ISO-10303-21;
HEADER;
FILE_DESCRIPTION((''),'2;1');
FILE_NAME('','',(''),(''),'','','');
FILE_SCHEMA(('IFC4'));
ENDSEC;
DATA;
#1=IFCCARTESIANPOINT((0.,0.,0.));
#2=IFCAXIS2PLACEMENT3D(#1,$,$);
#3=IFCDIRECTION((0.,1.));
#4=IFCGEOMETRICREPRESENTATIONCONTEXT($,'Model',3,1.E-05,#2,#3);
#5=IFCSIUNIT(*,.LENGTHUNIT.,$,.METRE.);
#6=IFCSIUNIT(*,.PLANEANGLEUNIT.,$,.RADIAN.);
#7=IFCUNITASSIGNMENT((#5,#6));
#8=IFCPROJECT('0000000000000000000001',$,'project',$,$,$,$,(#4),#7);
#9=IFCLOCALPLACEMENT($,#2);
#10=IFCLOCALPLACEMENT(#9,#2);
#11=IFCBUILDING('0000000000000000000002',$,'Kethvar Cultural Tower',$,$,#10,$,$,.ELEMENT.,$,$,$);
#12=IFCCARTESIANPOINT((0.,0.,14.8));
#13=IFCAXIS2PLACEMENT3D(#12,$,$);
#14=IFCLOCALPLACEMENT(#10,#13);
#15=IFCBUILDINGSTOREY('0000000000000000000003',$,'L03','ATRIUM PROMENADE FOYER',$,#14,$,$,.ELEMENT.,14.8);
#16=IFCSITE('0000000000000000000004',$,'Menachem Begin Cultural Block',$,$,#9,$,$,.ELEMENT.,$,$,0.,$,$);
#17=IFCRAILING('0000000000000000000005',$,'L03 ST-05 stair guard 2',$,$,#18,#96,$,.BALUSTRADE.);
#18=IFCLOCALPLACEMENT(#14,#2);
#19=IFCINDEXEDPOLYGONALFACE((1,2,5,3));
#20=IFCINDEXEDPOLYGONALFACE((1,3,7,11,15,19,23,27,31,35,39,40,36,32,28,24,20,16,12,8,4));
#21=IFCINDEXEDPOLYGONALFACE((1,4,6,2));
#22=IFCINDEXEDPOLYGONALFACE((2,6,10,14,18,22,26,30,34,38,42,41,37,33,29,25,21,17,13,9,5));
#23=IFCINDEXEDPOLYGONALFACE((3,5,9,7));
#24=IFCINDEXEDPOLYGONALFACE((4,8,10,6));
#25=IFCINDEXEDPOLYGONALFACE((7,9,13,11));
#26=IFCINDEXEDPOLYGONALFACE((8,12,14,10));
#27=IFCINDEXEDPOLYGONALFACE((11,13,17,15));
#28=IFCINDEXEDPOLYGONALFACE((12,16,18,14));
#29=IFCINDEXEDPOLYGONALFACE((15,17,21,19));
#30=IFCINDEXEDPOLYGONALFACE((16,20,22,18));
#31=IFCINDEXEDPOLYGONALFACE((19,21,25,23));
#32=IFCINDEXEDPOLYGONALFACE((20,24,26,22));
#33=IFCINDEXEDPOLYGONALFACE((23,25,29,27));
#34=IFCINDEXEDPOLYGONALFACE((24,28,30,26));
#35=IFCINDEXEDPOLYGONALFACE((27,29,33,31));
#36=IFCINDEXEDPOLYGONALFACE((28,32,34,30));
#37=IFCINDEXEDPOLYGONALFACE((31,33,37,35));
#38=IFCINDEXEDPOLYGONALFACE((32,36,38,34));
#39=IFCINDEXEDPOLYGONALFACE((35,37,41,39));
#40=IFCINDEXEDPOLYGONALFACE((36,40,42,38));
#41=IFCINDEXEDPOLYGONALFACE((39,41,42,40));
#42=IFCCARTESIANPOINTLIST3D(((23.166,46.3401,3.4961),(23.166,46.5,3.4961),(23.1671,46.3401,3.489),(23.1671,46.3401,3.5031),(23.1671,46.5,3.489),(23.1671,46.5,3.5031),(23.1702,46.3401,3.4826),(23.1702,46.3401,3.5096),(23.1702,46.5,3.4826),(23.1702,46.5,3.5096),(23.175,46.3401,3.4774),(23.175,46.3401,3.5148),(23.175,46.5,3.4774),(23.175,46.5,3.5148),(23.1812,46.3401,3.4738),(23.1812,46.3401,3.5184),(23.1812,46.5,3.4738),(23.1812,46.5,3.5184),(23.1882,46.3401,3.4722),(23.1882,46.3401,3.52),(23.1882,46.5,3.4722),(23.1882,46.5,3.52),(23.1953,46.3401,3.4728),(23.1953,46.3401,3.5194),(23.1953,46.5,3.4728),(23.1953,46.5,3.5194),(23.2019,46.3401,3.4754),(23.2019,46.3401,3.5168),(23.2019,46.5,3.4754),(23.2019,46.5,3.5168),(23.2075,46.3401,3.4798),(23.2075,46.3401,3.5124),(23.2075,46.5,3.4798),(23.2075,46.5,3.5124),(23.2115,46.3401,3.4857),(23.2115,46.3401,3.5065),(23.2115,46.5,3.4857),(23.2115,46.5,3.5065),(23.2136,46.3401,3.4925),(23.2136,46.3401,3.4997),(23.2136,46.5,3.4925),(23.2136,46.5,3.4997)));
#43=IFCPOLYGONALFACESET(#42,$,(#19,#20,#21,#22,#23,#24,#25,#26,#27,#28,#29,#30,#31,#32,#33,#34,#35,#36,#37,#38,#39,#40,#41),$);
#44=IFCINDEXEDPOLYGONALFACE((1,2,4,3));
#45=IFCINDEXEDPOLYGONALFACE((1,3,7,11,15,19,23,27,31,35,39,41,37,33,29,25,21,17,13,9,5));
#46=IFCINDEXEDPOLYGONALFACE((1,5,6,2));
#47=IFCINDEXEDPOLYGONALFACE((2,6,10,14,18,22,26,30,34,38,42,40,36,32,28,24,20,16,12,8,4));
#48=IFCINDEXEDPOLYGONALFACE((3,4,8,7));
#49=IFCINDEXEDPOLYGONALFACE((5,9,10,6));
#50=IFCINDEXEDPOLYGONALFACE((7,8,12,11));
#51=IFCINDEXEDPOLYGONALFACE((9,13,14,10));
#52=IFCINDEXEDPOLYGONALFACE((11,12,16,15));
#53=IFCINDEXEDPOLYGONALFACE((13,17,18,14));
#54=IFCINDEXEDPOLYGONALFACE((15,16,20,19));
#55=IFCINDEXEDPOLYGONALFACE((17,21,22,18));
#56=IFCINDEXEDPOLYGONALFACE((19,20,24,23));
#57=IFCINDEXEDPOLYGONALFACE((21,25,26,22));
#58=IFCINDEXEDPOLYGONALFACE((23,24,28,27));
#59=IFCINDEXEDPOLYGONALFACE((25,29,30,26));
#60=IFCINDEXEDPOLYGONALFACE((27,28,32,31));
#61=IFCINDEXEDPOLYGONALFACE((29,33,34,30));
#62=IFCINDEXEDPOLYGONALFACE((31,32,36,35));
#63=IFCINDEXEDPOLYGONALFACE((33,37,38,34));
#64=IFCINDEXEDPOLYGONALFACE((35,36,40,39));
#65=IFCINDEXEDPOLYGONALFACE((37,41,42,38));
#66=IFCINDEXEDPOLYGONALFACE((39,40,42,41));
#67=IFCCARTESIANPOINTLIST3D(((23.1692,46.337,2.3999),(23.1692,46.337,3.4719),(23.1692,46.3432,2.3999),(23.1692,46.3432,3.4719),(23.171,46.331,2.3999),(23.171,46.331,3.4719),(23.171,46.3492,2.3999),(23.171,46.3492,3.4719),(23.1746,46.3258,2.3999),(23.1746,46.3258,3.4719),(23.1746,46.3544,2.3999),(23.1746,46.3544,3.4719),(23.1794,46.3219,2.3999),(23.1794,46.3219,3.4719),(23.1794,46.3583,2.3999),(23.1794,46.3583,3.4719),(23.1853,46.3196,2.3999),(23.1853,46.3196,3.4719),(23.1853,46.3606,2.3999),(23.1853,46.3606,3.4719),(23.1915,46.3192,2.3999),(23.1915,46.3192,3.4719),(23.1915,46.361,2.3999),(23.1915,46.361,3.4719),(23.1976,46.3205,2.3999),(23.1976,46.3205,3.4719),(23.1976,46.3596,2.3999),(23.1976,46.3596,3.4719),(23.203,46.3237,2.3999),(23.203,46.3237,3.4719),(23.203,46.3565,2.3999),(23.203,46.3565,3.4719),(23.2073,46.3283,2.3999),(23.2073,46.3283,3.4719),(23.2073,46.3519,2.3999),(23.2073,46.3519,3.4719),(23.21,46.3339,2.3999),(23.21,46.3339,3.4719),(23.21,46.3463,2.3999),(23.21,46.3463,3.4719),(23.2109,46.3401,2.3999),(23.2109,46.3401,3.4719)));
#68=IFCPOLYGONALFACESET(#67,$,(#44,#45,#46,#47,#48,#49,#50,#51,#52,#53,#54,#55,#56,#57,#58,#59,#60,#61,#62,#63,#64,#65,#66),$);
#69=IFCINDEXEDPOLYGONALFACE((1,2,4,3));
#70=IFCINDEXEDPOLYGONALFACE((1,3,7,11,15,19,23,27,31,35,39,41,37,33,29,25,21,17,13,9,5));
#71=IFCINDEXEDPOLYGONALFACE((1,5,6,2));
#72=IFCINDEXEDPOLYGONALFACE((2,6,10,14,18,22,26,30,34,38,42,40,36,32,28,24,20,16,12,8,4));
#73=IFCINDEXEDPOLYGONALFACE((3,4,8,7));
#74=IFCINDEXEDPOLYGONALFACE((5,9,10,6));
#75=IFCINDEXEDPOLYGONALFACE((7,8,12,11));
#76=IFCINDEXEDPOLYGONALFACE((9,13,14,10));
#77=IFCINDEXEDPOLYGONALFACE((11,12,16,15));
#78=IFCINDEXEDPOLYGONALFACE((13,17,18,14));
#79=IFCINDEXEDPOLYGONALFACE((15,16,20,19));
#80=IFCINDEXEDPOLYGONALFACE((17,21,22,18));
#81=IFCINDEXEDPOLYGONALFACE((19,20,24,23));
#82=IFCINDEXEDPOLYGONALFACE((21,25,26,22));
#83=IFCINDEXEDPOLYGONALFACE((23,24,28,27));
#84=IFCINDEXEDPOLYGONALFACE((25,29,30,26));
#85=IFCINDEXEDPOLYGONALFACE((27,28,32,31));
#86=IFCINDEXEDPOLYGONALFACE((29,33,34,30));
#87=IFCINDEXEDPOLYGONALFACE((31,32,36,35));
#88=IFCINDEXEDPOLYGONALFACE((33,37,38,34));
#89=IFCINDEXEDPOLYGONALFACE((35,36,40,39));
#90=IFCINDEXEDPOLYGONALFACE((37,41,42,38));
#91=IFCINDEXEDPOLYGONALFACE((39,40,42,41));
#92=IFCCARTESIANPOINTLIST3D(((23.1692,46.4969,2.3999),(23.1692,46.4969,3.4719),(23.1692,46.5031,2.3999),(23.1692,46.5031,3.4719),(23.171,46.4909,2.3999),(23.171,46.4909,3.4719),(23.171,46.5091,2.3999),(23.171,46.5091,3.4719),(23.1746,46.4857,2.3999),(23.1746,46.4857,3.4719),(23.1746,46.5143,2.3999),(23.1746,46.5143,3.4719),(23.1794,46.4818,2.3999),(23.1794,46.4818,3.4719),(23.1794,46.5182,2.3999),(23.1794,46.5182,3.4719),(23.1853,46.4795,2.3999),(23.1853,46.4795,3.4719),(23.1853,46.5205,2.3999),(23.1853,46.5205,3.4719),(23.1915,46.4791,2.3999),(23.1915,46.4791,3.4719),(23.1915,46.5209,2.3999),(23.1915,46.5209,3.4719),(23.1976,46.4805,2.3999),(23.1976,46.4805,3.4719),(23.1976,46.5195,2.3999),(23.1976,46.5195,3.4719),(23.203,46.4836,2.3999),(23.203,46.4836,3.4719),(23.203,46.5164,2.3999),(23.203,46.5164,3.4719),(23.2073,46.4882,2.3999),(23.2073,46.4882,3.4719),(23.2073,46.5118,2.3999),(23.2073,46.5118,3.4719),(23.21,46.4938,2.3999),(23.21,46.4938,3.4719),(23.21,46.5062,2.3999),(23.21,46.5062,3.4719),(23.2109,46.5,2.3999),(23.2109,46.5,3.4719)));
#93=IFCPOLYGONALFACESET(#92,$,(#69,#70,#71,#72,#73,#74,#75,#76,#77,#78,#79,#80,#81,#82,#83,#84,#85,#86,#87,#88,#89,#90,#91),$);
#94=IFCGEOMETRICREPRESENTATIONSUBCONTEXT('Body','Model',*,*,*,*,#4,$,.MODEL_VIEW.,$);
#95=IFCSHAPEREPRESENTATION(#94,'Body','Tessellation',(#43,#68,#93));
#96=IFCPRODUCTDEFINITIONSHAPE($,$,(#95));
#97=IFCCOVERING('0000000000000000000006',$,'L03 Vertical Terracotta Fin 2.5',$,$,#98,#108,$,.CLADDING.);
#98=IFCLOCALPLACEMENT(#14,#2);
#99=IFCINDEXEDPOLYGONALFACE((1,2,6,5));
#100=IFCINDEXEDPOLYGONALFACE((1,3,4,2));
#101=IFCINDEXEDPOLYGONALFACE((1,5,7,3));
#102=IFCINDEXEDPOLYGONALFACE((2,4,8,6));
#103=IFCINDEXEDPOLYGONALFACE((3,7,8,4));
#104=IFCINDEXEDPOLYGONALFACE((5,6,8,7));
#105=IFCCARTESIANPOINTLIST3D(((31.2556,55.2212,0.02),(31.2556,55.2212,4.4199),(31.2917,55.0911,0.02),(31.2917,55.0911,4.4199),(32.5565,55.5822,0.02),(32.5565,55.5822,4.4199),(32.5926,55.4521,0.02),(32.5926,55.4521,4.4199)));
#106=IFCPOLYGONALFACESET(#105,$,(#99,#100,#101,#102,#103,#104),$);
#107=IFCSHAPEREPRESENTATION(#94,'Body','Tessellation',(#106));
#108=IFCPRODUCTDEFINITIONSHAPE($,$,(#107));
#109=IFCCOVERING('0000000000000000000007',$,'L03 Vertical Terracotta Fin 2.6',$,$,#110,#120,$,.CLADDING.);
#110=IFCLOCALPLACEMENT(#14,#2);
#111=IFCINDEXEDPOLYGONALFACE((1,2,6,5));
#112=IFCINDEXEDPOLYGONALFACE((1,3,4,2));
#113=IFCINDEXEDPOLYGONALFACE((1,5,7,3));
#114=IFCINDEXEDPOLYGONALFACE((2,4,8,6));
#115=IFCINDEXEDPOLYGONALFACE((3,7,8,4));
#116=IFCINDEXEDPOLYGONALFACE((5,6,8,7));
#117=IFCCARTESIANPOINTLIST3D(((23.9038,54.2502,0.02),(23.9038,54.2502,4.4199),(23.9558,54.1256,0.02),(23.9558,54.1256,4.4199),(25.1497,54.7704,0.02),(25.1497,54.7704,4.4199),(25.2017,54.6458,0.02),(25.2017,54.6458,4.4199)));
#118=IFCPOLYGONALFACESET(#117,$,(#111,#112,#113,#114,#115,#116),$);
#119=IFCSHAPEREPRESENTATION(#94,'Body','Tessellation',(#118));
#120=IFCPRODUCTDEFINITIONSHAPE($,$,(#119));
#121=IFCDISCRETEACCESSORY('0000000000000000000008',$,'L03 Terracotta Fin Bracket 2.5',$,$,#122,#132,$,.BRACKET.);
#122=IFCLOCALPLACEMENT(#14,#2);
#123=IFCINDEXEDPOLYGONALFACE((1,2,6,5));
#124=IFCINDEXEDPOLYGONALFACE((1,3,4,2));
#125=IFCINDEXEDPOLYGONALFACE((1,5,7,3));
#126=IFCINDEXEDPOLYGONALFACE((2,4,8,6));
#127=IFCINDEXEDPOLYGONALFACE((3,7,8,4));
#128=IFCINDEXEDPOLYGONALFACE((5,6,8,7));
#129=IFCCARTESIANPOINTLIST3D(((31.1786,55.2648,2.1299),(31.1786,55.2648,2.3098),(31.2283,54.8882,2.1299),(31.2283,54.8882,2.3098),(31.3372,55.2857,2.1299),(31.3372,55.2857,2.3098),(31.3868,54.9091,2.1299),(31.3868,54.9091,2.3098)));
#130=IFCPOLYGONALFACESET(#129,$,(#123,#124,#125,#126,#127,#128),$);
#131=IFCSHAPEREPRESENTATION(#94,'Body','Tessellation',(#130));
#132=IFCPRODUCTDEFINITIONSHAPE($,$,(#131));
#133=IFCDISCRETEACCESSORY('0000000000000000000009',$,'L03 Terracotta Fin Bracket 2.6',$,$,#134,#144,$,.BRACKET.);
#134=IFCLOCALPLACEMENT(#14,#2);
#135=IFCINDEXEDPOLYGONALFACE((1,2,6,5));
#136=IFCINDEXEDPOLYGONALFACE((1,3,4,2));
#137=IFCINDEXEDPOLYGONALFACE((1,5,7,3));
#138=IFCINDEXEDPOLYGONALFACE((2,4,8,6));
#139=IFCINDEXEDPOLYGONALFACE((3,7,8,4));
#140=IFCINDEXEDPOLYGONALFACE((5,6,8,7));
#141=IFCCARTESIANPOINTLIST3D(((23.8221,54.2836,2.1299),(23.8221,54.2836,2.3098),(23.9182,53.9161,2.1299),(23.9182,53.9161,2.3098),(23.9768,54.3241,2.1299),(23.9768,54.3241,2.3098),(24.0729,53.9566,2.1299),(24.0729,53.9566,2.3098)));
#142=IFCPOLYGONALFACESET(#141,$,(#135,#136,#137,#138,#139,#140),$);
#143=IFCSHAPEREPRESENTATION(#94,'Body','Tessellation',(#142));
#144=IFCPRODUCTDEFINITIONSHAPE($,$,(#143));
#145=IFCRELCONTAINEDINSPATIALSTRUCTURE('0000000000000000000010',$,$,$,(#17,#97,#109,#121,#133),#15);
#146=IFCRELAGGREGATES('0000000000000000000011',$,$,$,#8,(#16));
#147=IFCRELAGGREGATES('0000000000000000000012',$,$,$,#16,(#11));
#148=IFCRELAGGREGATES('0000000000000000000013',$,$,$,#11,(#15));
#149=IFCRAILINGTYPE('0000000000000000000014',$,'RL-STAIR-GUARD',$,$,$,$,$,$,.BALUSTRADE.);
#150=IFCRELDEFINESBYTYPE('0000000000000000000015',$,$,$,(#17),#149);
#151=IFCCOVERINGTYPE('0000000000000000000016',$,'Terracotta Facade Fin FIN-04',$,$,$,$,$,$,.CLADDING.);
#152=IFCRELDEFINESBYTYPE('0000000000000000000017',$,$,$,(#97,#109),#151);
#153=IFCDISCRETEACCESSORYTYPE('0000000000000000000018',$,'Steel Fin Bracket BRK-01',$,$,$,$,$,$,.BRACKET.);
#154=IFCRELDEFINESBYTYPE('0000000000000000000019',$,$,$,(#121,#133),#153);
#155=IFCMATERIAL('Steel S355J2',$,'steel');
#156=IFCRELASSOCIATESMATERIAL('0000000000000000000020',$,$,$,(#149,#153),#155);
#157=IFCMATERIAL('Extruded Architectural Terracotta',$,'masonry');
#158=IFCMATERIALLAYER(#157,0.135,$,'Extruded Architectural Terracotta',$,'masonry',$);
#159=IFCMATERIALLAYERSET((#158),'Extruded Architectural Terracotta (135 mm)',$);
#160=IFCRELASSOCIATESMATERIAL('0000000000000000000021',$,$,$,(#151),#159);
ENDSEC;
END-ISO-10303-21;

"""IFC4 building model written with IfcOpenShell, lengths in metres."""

from ifc_helpers import new_model, si_unit, direction, frame, origin, origin_2d, place, context, subcontext, project, spatial, rectangle, circle, extrude, source, transform, mapped, material, layer, layer_set, type_object, element, save


model = new_model("IFC4")

# Units and contexts
model_context = context("Model", 3, precision=1e-05, world=origin(), true_north=direction((0.0, 1.0)))
body_context = subcontext(model_context, "Body", "Model", "MODEL_VIEW")
ifc_project = project(units=[si_unit("LENGTHUNIT", "METRE"), si_unit("PLANEANGLEUNIT", "RADIAN")], contexts=[model_context])

# Site, building, storey
site_placement = place(None, origin())
site = spatial("IfcSite", under=ifc_project, at=site_placement, Name="Menachem Begin Cultural Block", CompositionType="ELEMENT", RefElevation=0.0)
building_placement = place(site_placement, origin())
building = spatial("IfcBuilding", under=site, at=building_placement, Name="Kethvar Cultural Tower", CompositionType="ELEMENT")
storey_placement = place(building_placement, frame((0.0, 0.0, 14.8)))
storey = spatial("IfcBuildingStorey", under=building, at=storey_placement, Name="L03", Description="ATRIUM PROMENADE FOYER", CompositionType="ELEMENT", Elevation=14.8)

# Shared definitions
ifc_material_1 = material(Name="Steel S355J2", Category="steel")

# Railing
railing_type = type_object("IfcRailingType", Name="RL-STAIR-GUARD", PredefinedType="BALUSTRADE", material=ifc_material_1)
railing_placement = place(storey_placement, frame((23.1899, 46.3401, 2.3999)))
element("IfcRailing", 1, at=railing_placement, inside=storey, type_object=railing_type, Name="L03 ST-05 stair guard 2", PredefinedType="BALUSTRADE", context=body_context, shape_type="SweptSolid", body=[
    extrude(circle(Radius=0.0239, at=origin_2d()), frame((0.0, 0.0, 1.0962), z_axis=(0.0, 1.0, 0.0), x_axis=(-1.0, 0.0, 0.0)), (0.0, 0.0, 1.0), 0.1599),
    extrude(circle(Radius=0.021, at=origin_2d()), origin(), (0.0, 0.0, 1.0), 1.072),
    extrude(circle(Radius=0.021, at=origin_2d()), frame((0.0, 0.1599, 0.0)), (0.0, 0.0, 1.0), 1.072),
])

# Coverings
ifc_material_2 = material(Name="Extruded Architectural Terracotta", Category="masonry")
ifc_layer_1 = layer(ifc_material_2, 0.135, Name="Extruded Architectural Terracotta", Category="masonry")
ifc_layer_set_1 = layer_set([ifc_layer_1], Name="Extruded Architectural Terracotta (135 mm)")
covering_type = type_object("IfcCoveringType", Name="Terracotta Facade Fin FIN-04", PredefinedType="CLADDING", material=ifc_layer_set_1)
shared_shape_1 = source(origin(), body_context, "Body", "SweptSolid", [
    extrude(rectangle(XDim=1.3501, YDim=0.135, at=origin_2d()), origin(), (0.0, 0.0, 1.0), 4.3999),
])
for number, where, z_axis, x_axis, name in (
    (2, (31.9241, 55.3367, 0.02), (0.0, 0.0, 1.0), (0.963584, 0.267407, 0.0), "L03 Vertical Terracotta Fin 2.5"),
    (3, (24.5527, 54.448, 0.02), (0.0, 0.0, 1.0), (0.922807, 0.385262, 0.0), "L03 Vertical Terracotta Fin 2.6"),
):
    element("IfcCovering", number, at=place(storey_placement, frame(where, z_axis=z_axis, x_axis=x_axis)), inside=storey, type_object=covering_type, Name=name, PredefinedType="CLADDING", context=body_context, shape_type="MappedRepresentation", body=[
        mapped(shared_shape_1, transform((0.0, 0.0, 0.0), scale=1.0)),
    ])

# Discrete accessories
discrete_accessory_type = type_object("IfcDiscreteAccessoryType", Name="Steel Fin Bracket BRK-01", PredefinedType="BRACKET", material=ifc_material_1)
shared_shape_2 = source(origin(), body_context, "Body", "SweptSolid", [
    extrude(rectangle(XDim=0.3799, YDim=0.1599, at=origin_2d()), origin(), (0.0, 0.0, 1.0), 0.1799),
])
for number, where, z_axis, x_axis, name in (
    (4, (31.2827, 55.0869, 2.1299), (0.0, 0.0, 1.0), (-0.130699, 0.991422, 0.0), "L03 Terracotta Fin Bracket 2.5"),
    (5, (23.9475, 54.1201, 2.1299), (0.0, 0.0, 1.0), (-0.253083, 0.967445, 0.0), "L03 Terracotta Fin Bracket 2.6"),
):
    element("IfcDiscreteAccessory", number, at=place(storey_placement, frame(where, z_axis=z_axis, x_axis=x_axis)), inside=storey, type_object=discrete_accessory_type, Name=name, PredefinedType="BRACKET", context=body_context, shape_type="MappedRepresentation", body=[
        mapped(shared_shape_2, transform((0.0, 0.0, 0.0), scale=1.0)),
    ])

save(model, "model.ifc")
